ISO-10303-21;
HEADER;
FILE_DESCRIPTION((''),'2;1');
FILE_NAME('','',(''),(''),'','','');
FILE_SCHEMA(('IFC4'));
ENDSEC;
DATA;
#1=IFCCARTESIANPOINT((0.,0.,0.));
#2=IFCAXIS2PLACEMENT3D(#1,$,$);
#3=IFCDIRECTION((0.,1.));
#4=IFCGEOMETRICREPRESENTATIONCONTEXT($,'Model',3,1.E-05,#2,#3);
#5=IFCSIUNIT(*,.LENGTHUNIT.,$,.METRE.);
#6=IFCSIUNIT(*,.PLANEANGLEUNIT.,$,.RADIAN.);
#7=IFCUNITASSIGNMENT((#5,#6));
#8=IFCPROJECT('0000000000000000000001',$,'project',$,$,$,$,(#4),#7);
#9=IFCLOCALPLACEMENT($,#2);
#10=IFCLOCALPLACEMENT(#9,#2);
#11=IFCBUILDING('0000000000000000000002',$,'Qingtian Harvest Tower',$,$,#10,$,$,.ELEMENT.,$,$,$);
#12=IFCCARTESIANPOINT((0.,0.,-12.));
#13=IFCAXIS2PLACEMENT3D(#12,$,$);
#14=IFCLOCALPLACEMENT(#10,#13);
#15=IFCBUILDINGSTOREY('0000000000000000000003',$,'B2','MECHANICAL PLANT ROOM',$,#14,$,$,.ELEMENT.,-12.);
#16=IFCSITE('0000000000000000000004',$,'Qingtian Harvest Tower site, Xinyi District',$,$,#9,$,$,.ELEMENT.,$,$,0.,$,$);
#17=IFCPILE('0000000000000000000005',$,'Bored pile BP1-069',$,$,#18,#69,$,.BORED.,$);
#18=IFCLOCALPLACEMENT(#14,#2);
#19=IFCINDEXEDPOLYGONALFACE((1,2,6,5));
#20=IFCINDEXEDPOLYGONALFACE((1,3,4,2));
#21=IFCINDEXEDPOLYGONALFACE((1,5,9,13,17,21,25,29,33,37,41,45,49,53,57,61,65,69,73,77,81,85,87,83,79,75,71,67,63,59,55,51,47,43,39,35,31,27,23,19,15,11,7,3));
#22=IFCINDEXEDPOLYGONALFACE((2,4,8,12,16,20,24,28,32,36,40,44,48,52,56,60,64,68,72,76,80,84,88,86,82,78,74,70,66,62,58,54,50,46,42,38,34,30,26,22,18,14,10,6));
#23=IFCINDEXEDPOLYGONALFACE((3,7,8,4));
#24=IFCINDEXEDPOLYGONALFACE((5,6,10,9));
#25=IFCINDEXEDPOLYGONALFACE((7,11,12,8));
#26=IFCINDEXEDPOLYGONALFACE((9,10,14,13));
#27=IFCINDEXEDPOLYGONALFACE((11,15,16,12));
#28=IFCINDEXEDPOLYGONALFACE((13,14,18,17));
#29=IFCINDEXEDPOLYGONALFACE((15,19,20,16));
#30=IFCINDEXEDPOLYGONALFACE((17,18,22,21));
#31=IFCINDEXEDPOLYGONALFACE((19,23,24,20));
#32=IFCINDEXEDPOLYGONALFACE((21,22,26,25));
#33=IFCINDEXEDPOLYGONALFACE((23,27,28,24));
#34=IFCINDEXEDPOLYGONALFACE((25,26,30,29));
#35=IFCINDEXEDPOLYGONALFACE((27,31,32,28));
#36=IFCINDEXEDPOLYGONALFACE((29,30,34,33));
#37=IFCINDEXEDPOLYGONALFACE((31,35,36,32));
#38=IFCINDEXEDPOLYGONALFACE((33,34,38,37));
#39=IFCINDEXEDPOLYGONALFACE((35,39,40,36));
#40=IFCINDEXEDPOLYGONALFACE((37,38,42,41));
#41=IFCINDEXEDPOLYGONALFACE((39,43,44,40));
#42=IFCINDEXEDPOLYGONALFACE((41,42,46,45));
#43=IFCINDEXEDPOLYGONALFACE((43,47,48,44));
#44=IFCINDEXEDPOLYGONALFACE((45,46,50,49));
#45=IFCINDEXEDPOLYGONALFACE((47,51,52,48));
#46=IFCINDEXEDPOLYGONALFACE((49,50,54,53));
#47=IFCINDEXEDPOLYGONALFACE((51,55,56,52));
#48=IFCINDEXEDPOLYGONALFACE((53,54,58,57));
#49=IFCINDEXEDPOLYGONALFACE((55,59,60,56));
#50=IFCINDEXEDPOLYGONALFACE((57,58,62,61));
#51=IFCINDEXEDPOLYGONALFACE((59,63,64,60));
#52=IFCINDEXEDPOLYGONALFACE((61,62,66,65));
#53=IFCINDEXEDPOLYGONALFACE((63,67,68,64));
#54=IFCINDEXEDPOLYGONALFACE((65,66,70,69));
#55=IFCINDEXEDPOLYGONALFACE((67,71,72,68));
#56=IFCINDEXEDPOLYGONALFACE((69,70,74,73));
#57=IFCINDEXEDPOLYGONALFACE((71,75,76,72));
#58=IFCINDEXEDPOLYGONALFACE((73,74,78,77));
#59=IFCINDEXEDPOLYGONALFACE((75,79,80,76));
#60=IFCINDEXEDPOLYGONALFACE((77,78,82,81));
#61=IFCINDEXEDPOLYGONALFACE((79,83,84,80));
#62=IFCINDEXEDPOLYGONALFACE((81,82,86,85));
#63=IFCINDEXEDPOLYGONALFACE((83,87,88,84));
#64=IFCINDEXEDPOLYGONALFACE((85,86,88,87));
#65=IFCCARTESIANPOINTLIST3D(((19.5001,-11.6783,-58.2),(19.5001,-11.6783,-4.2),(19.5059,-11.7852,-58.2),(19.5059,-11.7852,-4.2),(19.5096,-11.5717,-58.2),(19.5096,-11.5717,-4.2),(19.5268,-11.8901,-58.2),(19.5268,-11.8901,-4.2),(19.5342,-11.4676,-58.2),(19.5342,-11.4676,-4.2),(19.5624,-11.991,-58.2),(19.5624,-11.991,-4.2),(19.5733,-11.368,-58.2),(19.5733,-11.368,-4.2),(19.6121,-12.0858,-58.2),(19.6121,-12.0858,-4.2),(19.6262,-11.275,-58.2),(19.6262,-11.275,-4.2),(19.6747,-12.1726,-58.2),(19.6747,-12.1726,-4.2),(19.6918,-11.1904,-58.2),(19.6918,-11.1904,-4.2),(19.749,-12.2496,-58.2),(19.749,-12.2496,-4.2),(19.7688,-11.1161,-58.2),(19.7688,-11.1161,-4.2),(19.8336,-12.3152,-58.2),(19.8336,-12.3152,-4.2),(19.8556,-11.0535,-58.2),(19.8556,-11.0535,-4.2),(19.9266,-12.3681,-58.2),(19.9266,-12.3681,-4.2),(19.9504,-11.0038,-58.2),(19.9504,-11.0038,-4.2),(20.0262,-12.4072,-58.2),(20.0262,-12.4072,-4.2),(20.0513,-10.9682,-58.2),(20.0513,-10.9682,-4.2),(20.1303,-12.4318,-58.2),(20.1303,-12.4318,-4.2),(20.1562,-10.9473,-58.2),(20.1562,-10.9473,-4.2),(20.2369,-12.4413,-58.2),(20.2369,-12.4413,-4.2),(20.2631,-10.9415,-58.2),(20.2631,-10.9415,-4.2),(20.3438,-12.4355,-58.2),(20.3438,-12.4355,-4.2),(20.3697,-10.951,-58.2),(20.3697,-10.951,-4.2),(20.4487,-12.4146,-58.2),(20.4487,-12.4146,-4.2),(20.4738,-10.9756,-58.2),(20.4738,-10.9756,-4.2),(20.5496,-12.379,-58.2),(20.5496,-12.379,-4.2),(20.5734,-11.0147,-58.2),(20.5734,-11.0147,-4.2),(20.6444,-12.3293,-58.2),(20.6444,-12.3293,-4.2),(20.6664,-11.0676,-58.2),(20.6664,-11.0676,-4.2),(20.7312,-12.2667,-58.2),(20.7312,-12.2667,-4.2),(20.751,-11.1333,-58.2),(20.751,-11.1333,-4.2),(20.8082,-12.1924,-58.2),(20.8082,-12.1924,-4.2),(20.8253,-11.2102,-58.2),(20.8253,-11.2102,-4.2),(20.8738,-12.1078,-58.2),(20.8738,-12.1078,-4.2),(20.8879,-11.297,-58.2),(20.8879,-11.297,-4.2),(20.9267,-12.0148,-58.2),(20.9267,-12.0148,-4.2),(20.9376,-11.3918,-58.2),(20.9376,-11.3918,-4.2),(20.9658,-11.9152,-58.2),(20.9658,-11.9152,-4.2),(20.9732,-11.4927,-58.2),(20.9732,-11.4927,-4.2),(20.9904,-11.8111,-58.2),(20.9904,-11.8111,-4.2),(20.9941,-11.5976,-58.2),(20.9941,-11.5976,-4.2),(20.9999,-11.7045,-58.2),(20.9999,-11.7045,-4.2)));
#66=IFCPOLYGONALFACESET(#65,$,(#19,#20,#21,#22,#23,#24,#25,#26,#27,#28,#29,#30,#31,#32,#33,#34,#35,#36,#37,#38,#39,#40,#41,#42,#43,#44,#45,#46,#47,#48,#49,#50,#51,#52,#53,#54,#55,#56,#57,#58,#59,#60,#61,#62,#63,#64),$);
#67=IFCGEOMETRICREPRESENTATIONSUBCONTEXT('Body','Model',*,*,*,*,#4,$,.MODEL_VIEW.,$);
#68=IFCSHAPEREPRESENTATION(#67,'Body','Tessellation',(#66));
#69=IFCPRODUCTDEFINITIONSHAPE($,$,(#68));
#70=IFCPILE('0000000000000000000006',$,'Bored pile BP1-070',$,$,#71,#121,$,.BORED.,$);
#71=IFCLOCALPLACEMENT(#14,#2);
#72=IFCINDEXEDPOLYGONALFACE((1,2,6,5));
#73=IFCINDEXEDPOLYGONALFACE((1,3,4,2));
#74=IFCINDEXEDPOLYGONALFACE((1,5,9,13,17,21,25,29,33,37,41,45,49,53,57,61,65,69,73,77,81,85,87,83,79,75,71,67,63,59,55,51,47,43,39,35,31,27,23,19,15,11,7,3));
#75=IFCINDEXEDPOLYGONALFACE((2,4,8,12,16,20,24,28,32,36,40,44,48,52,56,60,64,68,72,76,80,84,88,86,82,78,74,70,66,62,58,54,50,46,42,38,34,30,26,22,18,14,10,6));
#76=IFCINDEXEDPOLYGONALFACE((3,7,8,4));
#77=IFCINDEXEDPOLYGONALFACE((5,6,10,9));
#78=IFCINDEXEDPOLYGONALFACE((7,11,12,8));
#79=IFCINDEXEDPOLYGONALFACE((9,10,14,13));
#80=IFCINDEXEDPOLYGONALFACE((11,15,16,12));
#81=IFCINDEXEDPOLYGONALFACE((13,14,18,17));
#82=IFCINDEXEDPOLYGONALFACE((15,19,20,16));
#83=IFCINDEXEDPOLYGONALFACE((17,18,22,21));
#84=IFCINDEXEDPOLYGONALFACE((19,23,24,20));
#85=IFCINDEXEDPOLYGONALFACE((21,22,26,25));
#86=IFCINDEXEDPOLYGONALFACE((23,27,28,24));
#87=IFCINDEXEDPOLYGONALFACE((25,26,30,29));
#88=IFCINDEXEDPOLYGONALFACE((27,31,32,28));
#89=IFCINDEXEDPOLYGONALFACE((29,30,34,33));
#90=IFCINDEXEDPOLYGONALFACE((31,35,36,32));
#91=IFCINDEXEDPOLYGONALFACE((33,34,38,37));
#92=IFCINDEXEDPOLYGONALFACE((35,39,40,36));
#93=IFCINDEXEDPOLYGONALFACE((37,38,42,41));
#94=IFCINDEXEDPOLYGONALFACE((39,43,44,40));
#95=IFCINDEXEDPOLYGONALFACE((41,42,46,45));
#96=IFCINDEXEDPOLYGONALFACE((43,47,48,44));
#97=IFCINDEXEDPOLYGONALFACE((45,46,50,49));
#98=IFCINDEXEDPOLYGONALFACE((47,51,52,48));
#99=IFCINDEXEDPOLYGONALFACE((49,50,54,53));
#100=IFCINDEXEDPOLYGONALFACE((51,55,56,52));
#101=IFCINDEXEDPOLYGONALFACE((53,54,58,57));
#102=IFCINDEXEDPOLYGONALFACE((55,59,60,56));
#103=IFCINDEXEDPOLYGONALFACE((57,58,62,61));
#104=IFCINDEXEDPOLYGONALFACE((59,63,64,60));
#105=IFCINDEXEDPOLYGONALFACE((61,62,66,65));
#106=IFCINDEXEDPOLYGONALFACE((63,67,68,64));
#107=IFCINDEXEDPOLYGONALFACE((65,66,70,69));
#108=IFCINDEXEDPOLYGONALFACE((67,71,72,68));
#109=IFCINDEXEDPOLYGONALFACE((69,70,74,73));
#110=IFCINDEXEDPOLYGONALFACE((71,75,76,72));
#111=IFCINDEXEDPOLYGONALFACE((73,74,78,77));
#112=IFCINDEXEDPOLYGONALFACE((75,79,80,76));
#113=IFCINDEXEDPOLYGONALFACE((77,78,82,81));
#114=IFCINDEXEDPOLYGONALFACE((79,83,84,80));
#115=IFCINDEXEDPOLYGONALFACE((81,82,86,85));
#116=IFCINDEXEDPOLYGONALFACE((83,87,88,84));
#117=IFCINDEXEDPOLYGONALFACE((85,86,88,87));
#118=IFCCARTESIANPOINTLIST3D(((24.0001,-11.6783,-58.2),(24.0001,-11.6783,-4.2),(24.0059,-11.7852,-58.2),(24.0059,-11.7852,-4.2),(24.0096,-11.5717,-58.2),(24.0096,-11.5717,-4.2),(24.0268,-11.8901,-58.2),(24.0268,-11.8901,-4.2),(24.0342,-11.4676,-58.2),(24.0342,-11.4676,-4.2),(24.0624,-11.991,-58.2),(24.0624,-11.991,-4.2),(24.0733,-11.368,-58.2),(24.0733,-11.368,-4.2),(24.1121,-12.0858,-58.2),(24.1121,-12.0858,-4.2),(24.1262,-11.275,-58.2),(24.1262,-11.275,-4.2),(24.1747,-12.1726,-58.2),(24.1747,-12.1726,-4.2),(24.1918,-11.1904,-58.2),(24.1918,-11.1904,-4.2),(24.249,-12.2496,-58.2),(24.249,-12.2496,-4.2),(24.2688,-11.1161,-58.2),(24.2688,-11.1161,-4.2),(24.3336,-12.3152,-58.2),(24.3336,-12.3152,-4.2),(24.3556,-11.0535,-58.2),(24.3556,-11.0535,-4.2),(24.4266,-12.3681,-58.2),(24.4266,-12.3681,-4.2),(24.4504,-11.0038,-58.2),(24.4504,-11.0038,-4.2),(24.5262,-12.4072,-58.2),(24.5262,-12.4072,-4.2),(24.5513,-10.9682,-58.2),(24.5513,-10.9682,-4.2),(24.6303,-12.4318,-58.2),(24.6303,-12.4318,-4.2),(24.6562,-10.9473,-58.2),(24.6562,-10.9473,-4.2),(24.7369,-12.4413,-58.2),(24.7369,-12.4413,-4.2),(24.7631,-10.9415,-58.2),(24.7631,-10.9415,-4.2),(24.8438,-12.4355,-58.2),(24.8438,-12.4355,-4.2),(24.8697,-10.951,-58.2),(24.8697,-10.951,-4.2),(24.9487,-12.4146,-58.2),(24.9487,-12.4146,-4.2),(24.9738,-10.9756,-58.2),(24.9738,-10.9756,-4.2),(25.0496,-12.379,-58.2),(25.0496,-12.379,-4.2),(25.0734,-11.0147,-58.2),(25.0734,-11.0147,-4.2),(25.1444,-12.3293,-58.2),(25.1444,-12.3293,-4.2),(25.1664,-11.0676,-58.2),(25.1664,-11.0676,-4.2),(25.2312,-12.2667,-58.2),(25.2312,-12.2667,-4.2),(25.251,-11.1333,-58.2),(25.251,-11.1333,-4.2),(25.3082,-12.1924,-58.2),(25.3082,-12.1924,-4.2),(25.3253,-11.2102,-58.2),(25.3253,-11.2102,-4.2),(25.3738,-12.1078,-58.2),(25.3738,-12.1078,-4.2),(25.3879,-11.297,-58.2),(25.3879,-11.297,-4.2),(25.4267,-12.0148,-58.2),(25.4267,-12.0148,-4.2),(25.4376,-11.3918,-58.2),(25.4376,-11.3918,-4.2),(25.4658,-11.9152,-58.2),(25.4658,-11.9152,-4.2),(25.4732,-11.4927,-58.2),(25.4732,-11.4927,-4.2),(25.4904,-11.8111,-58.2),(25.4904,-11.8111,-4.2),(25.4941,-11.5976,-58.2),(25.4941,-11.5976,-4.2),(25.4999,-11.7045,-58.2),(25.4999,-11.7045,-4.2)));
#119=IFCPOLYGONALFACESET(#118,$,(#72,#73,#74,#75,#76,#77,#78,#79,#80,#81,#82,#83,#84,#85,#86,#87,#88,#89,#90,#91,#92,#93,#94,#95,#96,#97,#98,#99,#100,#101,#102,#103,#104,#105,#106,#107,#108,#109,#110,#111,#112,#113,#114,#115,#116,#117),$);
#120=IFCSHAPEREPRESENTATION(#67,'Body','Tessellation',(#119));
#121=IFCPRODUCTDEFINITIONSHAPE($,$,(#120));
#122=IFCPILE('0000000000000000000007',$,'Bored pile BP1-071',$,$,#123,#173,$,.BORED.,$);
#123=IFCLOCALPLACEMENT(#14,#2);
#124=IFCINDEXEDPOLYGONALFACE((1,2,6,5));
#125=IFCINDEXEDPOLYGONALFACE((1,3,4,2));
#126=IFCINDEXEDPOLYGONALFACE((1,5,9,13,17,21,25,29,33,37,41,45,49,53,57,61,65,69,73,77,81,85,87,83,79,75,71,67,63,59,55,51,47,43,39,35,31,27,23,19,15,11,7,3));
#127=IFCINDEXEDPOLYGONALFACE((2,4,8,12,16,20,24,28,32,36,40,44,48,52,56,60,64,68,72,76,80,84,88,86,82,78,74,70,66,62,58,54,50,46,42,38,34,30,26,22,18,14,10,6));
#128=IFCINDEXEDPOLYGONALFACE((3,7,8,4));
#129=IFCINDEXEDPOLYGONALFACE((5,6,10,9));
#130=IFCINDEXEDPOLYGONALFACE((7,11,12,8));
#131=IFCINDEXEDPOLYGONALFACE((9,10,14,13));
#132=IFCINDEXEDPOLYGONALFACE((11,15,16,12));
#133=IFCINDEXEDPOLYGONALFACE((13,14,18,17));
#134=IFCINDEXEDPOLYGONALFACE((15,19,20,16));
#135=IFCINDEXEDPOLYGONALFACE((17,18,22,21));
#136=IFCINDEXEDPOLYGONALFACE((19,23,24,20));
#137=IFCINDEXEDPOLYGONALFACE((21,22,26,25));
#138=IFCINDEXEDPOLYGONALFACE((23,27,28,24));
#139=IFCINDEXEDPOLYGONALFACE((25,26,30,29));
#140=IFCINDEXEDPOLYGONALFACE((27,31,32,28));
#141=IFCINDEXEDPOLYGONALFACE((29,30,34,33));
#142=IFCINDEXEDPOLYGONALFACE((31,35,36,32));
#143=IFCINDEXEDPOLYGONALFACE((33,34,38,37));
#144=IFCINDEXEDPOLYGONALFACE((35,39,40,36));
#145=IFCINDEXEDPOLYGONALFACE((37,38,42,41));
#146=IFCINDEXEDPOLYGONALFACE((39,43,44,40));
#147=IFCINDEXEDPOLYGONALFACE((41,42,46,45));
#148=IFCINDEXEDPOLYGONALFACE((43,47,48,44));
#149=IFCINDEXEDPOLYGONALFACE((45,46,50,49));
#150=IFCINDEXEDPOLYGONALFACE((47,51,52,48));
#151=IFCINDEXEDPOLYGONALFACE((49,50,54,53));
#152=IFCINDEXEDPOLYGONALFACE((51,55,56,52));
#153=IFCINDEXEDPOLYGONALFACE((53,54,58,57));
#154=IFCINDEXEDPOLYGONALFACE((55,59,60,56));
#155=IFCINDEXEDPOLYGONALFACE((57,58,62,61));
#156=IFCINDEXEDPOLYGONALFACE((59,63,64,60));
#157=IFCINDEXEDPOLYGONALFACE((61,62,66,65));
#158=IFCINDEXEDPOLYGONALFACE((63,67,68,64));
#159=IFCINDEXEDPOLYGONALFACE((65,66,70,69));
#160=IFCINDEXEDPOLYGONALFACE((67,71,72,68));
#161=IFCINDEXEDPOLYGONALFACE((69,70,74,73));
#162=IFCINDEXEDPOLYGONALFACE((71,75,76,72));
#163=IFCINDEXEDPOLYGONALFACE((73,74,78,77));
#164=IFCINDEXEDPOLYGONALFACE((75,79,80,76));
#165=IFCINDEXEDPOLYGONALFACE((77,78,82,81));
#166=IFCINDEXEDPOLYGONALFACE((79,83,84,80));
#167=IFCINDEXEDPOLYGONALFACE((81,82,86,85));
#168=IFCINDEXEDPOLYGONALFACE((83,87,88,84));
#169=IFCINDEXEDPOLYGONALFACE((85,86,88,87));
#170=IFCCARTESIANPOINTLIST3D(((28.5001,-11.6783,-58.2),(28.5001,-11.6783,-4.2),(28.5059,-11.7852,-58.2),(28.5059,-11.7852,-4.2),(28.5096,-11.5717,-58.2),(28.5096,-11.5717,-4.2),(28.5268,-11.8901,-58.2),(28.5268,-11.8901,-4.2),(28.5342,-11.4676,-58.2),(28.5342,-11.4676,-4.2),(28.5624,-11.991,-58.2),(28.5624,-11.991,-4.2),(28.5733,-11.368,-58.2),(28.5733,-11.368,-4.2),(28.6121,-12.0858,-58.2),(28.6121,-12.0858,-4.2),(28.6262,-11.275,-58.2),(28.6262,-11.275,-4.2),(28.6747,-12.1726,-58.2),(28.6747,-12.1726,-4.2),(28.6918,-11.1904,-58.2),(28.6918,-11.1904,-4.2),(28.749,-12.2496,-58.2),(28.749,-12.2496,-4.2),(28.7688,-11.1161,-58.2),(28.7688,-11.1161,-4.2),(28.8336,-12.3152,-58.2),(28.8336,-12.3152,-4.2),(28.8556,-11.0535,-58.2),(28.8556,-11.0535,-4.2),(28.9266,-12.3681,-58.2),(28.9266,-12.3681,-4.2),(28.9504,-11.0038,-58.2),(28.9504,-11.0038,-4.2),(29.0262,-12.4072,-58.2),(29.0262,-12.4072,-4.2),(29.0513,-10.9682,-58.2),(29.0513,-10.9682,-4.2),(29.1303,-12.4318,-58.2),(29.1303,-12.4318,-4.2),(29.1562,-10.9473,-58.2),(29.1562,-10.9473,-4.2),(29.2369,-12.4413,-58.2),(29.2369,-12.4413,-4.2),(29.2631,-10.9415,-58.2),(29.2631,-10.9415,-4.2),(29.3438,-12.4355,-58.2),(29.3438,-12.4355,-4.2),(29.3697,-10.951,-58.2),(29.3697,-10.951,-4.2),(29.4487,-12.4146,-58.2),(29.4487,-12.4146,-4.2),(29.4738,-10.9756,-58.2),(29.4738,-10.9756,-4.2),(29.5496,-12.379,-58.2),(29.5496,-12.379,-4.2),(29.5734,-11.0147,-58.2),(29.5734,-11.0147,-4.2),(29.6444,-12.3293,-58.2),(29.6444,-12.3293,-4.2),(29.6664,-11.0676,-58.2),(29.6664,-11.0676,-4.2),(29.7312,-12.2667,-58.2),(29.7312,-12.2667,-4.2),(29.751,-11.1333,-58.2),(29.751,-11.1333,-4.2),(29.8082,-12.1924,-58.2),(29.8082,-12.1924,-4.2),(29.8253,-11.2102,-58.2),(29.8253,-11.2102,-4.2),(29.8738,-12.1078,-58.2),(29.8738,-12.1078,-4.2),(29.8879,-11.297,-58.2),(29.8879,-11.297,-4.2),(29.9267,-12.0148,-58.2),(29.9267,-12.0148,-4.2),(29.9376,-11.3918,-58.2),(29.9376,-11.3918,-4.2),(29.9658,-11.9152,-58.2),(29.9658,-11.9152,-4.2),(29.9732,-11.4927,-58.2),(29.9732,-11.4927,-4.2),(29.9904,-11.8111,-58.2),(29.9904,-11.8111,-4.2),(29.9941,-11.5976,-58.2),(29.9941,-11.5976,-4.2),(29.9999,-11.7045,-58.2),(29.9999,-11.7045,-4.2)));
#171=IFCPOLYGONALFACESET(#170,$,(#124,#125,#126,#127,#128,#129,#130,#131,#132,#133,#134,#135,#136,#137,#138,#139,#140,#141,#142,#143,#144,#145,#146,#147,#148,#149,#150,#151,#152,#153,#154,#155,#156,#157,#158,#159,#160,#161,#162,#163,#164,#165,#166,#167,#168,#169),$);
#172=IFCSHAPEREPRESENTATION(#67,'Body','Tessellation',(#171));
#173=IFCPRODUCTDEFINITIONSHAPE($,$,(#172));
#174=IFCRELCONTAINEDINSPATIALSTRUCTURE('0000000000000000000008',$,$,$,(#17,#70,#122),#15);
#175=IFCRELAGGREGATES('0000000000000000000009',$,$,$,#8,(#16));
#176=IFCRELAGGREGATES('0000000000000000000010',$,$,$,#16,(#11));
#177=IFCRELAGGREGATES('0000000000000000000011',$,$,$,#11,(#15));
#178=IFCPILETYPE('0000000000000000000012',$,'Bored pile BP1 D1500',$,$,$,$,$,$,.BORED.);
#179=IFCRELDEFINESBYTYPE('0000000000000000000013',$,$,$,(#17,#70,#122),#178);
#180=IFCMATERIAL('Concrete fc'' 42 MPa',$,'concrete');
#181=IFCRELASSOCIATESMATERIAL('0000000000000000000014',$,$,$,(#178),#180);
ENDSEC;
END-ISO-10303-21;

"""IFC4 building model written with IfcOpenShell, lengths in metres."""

from ifc_helpers import new_model, si_unit, direction, frame, frame_2d, origin, place, context, subcontext, project, spatial, circle, extrude, material, material_profile, profile_set, type_object, element, save


model = new_model("IFC4")

# Units and contexts
model_context = context("Model", 3, precision=1e-05, world=origin(), true_north=direction((0.0, 1.0)))
body_context = subcontext(model_context, "Body", "Model", "MODEL_VIEW")
ifc_project = project(units=[si_unit("LENGTHUNIT", "METRE"), si_unit("PLANEANGLEUNIT", "RADIAN")], contexts=[model_context])

# Site, building, storey
site_placement = place(None, origin())
site = spatial("IfcSite", under=ifc_project, at=site_placement, Name="Qingtian Harvest Tower site, Xinyi District", CompositionType="ELEMENT", RefElevation=0.0)
building_placement = place(site_placement, origin())
building = spatial("IfcBuilding", under=site, at=building_placement, Name="Qingtian Harvest Tower", CompositionType="ELEMENT")
storey_placement = place(building_placement, frame((0.0, 0.0, -12.0)))
storey = spatial("IfcBuildingStorey", under=building, at=storey_placement, Name="B2", Description="MECHANICAL PLANT ROOM", CompositionType="ELEMENT", Elevation=-12.0)

# Piles
ifc_material_1 = material(Name="Concrete fc' 42 MPa", Category="concrete")
ifc_material_profile_1 = material_profile(ifc_material_1, circle(Radius=0.75, at=frame_2d((0.0, 0.0), x_axis=(0.999848, 0.017452))), Name="Bored pile BP1 D1500")
ifc_profile_set_1 = profile_set([ifc_material_profile_1], Name="Concrete fc' 42 MPa")
pile_type = type_object("IfcPileType", Name="Bored pile BP1 D1500", PredefinedType="BORED", material=ifc_profile_set_1)
for number, where, z_axis, x_axis, name in (
    (1, (20.25, -11.6914, -4.2), (0.0, 0.0, -1.0), (1.0, 0.0, 0.0), "Bored pile BP1-069"),
    (2, (24.75, -11.6914, -4.2), (0.0, 0.0, -1.0), (1.0, 0.0, 0.0), "Bored pile BP1-070"),
    (3, (29.25, -11.6914, -4.2), (0.0, 0.0, -1.0), (1.0, 0.0, 0.0), "Bored pile BP1-071"),
):
    element("IfcPile", number, at=place(storey_placement, frame(where, z_axis=z_axis, x_axis=x_axis)), inside=storey, type_object=pile_type, Name=name, PredefinedType="BORED", context=body_context, shape_type="SweptSolid", body=[
        extrude(circle(Radius=0.75, at=frame_2d((0.0, 0.0), x_axis=(0.999848, 0.017452))), origin(), (0.0, 0.0, 1.0), 54.0),
    ])

save(model, "model.ifc")
